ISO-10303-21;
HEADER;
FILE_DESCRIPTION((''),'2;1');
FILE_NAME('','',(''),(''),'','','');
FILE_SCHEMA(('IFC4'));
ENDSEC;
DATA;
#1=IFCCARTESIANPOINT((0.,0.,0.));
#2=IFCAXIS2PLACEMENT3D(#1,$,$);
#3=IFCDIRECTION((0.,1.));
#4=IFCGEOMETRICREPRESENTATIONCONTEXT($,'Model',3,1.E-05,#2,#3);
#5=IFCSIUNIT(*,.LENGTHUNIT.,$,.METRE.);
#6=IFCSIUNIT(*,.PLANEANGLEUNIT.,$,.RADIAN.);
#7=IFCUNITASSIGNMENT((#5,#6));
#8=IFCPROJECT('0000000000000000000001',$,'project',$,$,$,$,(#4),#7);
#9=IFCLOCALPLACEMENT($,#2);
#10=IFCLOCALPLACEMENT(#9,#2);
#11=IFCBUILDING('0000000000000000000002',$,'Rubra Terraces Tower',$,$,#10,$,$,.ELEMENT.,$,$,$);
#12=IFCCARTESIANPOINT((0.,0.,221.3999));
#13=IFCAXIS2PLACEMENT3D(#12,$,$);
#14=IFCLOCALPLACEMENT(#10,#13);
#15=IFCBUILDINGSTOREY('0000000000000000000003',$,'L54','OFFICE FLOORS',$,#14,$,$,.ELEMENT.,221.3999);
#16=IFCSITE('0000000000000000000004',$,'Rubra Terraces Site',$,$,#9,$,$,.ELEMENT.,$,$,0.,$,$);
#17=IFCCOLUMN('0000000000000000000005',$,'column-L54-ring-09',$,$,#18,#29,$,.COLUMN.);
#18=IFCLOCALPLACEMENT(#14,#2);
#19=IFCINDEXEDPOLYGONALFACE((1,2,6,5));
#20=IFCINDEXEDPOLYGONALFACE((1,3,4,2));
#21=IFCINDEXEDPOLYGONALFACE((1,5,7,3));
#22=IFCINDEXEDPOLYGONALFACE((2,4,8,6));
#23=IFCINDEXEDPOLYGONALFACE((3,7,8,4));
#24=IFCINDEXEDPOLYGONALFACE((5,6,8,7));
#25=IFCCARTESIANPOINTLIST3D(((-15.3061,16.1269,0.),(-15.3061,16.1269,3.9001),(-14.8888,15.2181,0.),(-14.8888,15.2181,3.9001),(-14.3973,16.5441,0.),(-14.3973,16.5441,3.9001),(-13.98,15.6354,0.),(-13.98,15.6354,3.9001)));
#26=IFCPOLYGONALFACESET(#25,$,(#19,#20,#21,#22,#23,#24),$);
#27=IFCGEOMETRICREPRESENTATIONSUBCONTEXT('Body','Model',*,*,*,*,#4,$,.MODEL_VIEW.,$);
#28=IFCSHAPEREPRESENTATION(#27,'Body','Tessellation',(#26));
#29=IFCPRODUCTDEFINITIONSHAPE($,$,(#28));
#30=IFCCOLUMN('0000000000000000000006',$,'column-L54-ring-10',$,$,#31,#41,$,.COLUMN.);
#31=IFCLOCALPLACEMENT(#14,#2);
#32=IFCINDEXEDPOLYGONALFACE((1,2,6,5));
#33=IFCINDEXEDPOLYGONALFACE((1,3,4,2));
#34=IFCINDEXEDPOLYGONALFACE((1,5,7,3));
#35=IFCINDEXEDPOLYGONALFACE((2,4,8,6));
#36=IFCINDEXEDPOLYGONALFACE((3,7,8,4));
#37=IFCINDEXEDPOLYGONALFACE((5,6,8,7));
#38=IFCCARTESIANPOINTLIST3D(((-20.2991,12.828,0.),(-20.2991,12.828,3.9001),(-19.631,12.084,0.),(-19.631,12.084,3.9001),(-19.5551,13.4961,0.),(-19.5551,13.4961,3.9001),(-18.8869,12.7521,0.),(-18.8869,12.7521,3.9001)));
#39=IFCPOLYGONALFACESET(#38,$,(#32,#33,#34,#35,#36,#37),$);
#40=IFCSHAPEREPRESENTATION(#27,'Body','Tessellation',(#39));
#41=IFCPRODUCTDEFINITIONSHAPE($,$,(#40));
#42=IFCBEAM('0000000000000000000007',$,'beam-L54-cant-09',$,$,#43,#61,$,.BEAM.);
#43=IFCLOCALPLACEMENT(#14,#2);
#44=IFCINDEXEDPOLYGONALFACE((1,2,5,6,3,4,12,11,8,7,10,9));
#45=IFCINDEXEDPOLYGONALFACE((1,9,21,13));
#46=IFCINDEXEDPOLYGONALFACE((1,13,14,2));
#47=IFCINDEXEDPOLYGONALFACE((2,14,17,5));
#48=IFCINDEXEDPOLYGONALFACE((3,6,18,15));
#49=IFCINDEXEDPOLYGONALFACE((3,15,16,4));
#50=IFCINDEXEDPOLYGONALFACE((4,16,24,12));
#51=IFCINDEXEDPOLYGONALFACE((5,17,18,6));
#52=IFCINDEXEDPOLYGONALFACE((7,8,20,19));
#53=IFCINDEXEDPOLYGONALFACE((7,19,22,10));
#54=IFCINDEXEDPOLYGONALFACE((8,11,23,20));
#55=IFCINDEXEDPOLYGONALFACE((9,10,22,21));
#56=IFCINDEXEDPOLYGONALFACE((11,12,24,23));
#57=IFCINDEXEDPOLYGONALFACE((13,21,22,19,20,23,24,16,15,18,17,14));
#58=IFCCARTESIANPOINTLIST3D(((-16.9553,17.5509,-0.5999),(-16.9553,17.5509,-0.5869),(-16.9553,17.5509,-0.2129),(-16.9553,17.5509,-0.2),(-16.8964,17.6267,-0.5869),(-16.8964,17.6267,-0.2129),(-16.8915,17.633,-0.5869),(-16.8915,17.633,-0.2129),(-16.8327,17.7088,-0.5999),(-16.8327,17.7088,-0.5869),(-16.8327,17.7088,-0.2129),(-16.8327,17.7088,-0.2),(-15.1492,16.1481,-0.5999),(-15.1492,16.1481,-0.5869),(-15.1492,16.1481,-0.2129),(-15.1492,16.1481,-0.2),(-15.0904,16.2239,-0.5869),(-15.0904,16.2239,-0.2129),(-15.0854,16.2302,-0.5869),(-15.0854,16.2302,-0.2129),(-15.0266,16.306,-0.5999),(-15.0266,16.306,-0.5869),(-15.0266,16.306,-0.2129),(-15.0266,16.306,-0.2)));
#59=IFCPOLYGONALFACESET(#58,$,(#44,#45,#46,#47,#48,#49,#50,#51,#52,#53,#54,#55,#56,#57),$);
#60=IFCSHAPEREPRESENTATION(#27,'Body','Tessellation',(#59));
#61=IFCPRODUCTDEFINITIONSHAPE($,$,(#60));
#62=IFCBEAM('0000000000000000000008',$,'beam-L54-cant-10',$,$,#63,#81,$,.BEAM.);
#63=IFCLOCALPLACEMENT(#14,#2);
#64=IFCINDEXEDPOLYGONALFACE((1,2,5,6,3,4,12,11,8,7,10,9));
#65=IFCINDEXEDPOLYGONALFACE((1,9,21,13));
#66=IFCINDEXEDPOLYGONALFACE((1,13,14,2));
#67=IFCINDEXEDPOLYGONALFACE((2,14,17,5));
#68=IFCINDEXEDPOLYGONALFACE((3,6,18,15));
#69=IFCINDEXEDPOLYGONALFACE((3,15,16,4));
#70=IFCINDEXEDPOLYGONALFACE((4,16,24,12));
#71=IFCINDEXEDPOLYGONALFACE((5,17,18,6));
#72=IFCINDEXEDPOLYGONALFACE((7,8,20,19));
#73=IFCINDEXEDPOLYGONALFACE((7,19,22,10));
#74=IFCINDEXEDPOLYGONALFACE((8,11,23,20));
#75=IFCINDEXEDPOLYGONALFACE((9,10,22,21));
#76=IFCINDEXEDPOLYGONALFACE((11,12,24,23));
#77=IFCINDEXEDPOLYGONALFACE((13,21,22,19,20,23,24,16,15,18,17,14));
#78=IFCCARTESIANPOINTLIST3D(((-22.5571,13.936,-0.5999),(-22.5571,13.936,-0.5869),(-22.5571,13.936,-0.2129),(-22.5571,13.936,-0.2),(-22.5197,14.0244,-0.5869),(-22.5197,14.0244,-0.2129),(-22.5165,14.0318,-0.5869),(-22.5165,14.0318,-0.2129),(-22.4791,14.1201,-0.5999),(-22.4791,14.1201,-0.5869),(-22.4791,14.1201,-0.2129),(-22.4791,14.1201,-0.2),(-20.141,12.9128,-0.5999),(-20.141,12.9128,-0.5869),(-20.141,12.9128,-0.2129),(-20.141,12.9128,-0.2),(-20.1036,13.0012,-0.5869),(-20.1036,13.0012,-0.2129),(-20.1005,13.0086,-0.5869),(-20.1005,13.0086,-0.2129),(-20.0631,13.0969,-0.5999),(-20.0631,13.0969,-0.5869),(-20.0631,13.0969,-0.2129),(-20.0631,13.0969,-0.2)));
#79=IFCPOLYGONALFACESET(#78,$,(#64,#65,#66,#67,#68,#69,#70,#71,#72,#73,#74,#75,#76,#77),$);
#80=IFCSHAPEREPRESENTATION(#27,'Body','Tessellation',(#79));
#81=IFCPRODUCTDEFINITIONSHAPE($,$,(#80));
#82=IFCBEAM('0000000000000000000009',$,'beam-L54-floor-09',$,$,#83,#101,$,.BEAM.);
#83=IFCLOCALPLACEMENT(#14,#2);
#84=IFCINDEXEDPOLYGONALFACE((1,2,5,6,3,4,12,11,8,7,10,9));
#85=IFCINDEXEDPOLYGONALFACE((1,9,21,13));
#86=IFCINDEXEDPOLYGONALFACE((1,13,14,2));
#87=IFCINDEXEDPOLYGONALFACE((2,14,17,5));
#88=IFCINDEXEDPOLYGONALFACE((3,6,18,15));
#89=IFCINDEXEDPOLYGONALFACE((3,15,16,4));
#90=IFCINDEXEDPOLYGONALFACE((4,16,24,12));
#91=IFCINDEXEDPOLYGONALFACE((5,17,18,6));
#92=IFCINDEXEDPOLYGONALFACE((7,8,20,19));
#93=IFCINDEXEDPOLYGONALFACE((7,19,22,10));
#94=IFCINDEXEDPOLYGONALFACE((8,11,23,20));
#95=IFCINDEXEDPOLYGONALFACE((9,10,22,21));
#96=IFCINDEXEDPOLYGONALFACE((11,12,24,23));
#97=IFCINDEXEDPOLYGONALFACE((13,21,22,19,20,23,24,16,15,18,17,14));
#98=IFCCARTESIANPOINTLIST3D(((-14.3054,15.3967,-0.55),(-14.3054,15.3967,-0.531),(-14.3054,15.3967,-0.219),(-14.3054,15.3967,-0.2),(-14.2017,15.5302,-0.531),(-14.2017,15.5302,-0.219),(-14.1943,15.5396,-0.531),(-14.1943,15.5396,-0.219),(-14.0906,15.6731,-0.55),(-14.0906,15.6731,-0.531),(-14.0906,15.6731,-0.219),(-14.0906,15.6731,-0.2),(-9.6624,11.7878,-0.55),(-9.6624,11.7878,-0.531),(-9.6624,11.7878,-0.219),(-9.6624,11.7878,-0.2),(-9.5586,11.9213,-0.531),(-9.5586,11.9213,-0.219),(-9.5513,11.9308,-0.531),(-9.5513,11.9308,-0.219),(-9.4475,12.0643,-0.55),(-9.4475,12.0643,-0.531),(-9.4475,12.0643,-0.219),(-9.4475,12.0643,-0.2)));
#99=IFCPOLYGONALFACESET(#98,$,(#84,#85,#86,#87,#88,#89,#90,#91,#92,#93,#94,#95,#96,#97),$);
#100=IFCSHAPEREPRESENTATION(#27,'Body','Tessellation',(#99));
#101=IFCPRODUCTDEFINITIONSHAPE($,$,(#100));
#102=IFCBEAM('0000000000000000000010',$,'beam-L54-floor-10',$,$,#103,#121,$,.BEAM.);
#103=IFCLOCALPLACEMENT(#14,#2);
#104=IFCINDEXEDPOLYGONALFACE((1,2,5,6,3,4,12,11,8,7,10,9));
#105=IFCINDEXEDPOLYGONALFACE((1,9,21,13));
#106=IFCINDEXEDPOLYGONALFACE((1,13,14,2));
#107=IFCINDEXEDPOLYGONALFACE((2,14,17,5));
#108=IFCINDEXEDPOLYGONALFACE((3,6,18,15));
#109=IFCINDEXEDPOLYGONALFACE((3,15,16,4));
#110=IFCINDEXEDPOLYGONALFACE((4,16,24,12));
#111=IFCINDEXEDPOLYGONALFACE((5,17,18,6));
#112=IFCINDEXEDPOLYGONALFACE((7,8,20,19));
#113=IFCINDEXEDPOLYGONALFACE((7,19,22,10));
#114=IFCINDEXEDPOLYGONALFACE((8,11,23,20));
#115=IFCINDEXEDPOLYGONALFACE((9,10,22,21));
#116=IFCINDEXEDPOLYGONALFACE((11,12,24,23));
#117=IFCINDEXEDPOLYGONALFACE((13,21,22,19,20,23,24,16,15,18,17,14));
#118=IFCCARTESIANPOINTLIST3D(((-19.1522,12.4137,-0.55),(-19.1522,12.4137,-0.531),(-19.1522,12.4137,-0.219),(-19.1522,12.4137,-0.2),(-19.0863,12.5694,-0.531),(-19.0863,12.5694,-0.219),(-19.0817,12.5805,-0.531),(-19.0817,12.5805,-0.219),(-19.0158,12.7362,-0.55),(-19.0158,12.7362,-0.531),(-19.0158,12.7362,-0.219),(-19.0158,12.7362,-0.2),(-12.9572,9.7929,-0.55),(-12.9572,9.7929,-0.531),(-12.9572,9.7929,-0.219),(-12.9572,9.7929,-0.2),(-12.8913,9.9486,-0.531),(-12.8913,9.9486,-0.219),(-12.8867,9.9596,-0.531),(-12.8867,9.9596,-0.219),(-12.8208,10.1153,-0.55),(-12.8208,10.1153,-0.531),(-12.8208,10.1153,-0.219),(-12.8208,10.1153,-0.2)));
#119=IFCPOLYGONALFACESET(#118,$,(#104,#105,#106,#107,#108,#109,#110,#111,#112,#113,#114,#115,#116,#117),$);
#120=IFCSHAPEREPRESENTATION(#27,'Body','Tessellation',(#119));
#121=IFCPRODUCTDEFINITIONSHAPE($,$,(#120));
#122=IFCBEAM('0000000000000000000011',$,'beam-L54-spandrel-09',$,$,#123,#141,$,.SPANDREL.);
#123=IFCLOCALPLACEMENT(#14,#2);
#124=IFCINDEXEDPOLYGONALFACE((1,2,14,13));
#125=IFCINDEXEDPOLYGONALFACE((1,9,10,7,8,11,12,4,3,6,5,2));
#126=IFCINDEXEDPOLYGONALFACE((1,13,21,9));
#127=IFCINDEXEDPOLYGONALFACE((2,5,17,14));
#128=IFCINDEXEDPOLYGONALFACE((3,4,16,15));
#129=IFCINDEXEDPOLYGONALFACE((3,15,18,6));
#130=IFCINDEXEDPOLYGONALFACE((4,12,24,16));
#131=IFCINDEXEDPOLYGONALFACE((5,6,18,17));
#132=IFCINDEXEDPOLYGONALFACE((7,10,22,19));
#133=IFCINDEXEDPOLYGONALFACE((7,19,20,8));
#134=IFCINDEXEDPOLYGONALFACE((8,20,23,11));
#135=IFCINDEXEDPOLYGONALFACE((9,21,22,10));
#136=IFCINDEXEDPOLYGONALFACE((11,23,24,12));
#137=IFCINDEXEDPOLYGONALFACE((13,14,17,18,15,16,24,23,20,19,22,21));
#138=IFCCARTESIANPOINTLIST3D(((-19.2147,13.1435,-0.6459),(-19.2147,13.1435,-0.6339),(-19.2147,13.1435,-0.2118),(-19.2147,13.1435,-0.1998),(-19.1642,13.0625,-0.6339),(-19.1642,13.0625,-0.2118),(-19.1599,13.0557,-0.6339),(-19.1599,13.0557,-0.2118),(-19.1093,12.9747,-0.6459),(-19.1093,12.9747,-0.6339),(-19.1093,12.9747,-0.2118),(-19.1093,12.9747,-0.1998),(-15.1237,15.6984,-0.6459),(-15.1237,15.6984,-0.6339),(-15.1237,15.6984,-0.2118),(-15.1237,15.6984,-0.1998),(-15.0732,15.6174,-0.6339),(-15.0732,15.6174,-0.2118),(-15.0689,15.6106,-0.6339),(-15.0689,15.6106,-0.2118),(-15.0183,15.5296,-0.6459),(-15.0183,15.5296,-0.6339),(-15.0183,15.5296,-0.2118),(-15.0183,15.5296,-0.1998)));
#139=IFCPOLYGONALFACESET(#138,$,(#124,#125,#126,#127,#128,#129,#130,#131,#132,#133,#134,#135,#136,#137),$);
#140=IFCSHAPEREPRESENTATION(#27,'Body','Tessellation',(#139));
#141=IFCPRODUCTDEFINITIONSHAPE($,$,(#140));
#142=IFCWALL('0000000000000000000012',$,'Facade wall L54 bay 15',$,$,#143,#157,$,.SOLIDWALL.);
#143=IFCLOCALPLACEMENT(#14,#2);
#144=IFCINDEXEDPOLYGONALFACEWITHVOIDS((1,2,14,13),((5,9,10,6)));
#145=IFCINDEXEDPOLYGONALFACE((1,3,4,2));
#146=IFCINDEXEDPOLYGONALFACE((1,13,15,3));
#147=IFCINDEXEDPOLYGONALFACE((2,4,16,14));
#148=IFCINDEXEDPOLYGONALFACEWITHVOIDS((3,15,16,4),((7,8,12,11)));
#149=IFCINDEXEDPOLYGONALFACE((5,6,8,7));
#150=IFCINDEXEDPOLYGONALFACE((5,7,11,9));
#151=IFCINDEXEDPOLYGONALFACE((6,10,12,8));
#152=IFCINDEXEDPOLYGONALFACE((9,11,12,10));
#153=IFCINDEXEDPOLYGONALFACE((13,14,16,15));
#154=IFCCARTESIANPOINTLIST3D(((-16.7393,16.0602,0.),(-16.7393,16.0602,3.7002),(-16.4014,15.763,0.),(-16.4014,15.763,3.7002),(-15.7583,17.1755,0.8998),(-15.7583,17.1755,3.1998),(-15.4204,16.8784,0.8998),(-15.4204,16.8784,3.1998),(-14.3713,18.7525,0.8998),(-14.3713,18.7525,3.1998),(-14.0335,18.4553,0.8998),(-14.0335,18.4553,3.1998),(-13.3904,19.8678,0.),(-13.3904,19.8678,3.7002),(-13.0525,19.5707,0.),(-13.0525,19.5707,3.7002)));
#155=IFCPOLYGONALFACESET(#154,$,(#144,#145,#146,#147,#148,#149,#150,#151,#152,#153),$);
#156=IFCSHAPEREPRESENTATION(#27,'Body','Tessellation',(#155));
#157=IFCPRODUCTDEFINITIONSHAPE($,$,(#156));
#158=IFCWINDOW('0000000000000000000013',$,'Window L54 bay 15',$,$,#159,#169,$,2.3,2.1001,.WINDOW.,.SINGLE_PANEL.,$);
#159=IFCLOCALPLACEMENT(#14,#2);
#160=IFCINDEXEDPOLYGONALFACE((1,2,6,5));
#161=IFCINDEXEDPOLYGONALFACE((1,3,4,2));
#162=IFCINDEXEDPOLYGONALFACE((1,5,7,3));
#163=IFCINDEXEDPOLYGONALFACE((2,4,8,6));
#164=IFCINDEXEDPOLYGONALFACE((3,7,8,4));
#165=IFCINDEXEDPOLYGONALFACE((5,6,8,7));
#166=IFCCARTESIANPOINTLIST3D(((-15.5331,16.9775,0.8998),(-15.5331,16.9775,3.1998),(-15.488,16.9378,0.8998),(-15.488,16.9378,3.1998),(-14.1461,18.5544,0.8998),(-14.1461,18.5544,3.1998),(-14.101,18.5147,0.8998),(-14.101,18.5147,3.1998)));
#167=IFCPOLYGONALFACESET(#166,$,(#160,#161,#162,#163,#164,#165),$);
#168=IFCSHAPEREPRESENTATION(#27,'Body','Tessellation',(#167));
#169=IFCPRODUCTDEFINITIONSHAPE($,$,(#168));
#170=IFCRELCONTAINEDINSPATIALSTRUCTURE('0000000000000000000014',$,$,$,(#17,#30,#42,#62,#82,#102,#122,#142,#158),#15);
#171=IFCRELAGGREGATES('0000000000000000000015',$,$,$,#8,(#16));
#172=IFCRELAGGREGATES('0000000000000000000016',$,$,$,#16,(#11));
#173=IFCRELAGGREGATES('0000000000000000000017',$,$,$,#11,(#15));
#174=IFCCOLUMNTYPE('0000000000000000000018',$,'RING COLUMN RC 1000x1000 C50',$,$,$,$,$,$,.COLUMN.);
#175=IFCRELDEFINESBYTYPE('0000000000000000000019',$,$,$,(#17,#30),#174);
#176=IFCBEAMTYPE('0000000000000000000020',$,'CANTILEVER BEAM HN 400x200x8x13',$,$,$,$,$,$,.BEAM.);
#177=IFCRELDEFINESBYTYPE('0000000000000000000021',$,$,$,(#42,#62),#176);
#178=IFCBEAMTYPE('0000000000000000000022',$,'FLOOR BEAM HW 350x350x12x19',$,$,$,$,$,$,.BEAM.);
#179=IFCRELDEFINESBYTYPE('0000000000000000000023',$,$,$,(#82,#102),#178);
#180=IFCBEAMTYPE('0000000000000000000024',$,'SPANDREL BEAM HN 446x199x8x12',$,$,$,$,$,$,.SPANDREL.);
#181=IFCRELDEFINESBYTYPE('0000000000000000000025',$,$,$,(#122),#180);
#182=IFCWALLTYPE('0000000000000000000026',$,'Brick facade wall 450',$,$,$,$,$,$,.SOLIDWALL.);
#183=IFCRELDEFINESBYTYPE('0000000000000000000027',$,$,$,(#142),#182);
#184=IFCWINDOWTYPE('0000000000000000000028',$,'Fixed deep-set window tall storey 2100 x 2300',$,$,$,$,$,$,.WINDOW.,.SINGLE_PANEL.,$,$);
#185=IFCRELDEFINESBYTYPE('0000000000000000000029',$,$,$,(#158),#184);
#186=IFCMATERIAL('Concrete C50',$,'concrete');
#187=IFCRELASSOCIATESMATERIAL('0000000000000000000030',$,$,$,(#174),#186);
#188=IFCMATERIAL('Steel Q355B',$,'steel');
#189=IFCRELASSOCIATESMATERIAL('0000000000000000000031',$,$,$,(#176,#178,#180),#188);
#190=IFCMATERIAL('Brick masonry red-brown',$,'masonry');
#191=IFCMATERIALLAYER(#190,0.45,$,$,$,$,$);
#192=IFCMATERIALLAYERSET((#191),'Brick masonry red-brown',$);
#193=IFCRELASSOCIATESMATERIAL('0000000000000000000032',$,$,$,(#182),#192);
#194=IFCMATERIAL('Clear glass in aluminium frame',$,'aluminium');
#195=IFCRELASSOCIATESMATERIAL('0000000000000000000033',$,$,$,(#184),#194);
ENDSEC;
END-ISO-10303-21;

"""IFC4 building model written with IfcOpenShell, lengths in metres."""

from ifc_helpers import new_model, si_unit, direction, frame, frame_2d, origin, origin_2d, place, context, subcontext, project, spatial, rectangle, i_section, extrude, material, layer, layer_set, material_profile, profile_set, type_object, element, fill, save


model = new_model("IFC4")

# Units and contexts
model_context = context("Model", 3, precision=1e-05, world=origin(), true_north=direction((0.0, 1.0)))
body_context = subcontext(model_context, "Body", "Model", "MODEL_VIEW")
ifc_project = project(units=[si_unit("LENGTHUNIT", "METRE"), si_unit("PLANEANGLEUNIT", "RADIAN")], contexts=[model_context])

# Site, building, storey
site_placement = place(None, origin())
site = spatial("IfcSite", under=ifc_project, at=site_placement, Name="Rubra Terraces Site", CompositionType="ELEMENT", RefElevation=0.0)
building_placement = place(site_placement, origin())
building = spatial("IfcBuilding", under=site, at=building_placement, Name="Rubra Terraces Tower", CompositionType="ELEMENT")
storey_placement = place(building_placement, frame((0.0, 0.0, 221.3999)))
storey = spatial("IfcBuildingStorey", under=building, at=storey_placement, Name="L54", Description="OFFICE FLOORS", CompositionType="ELEMENT", Elevation=221.3999)

# Columns
ifc_material_1 = material(Name="Concrete C50", Category="concrete")
ifc_material_profile_1 = material_profile(ifc_material_1, rectangle(XDim=1.0, YDim=1.0, at=origin_2d()), Name="RC 1000x1000")
ifc_profile_set_1 = profile_set([ifc_material_profile_1], Name="Concrete C50")
column_type = type_object("IfcColumnType", Name="RING COLUMN RC 1000x1000 C50", PredefinedType="COLUMN", material=ifc_profile_set_1)
for number, where, z_axis, x_axis, name in (
    (1, (-14.6431, 15.8811, 0.0), (0.0, 0.0, 1.0), (-0.908779, -0.417279, 0.0), "column-L54-ring-09"),
    (2, (-19.593, 12.79, 0.0), (0.0, 0.0, 1.0), (-0.744021, -0.668156, 0.0), "column-L54-ring-10"),
):
    element("IfcColumn", number, at=place(storey_placement, frame(where, z_axis=z_axis, x_axis=x_axis)), inside=storey, type_object=column_type, Name=name, PredefinedType="COLUMN", context=body_context, shape_type="SweptSolid", body=[
        extrude(rectangle(XDim=1.0, YDim=1.0, at=origin_2d()), origin(), (0.0, 0.0, 1.0), 3.9001),
    ])

# Beams
ifc_material_2 = material(Name="Steel Q355B", Category="steel")
ifc_material_profile_2 = material_profile(ifc_material_2, i_section(OverallWidth=0.2, OverallDepth=0.3999, WebThickness=0.0081, FlangeThickness=0.0129, at=origin_2d()), Name="HN 400x200x8x13")
ifc_profile_set_2 = profile_set([ifc_material_profile_2], Name="Steel Q355B")
beam_type_1 = type_object("IfcBeamType", Name="CANTILEVER BEAM HN 400x200x8x13", PredefinedType="BEAM", material=ifc_profile_set_2)
beam_1_placement = place(storey_placement, frame((-15.0879, 16.2271, -0.3999), z_axis=(-0.789766, 0.613408, 0.0), x_axis=(-0.613408, -0.789766, 0.0)))
element("IfcBeam", 3, at=beam_1_placement, inside=storey, type_object=beam_type_1, Name="beam-L54-cant-09", PredefinedType="BEAM", context=body_context, shape_type="SweptSolid", body=[
    extrude(i_section(OverallWidth=0.2, OverallDepth=0.3999, WebThickness=0.0081, FlangeThickness=0.0129, at=origin_2d()), origin(), (0.0, 0.0, 1.0), 2.2869),
])
beam_2_placement = place(storey_placement, frame((-20.1021, 13.0049, -0.3999), z_axis=(-0.920826, 0.389974, 0.0), x_axis=(-0.389974, -0.920826, 0.0)))
element("IfcBeam", 4, at=beam_2_placement, inside=storey, type_object=beam_type_1, Name="beam-L54-cant-10", PredefinedType="BEAM", context=body_context, shape_type="SweptSolid", body=[
    extrude(i_section(OverallWidth=0.2, OverallDepth=0.3999, WebThickness=0.0081, FlangeThickness=0.0129, at=origin_2d()), origin(), (0.0, 0.0, 1.0), 2.6238),
])
ifc_material_profile_3 = material_profile(ifc_material_2, i_section(OverallWidth=0.3501, OverallDepth=0.3501, WebThickness=0.012, FlangeThickness=0.019, at=origin_2d()), Name="HW 350x350x12x19")
ifc_profile_set_3 = profile_set([ifc_material_profile_3], Name="Steel Q355B")
beam_type_2 = type_object("IfcBeamType", Name="FLOOR BEAM HW 350x350x12x19", PredefinedType="BEAM", material=ifc_profile_set_3)
beam_3_placement = place(storey_placement, frame((-14.198, 15.5349, -0.375), z_axis=(0.789549, -0.613688, 0.0), x_axis=(0.613688, 0.789549, 0.0)))
element("IfcBeam", 5, at=beam_3_placement, inside=storey, type_object=beam_type_2, Name="beam-L54-floor-09", PredefinedType="BEAM", context=body_context, shape_type="SweptSolid", body=[
    extrude(i_section(OverallWidth=0.3501, OverallDepth=0.3501, WebThickness=0.012, FlangeThickness=0.019, at=origin_2d()), origin(), (0.0, 0.0, 1.0), 5.8806),
])
beam_4_placement = place(storey_placement, frame((-19.084, 12.575, -0.375), z_axis=(0.920975, -0.389622, 0.0), x_axis=(0.389622, 0.920975, 0.0)))
element("IfcBeam", 6, at=beam_4_placement, inside=storey, type_object=beam_type_2, Name="beam-L54-floor-10", PredefinedType="BEAM", context=body_context, shape_type="SweptSolid", body=[
    extrude(i_section(OverallWidth=0.3501, OverallDepth=0.3501, WebThickness=0.012, FlangeThickness=0.019, at=origin_2d()), origin(), (0.0, 0.0, 1.0), 6.7266),
])
ifc_material_profile_4 = material_profile(ifc_material_2, i_section(OverallWidth=0.199, OverallDepth=0.446, WebThickness=0.0081, FlangeThickness=0.012, at=origin_2d()), Name="HN 446x199x8x12")
ifc_profile_set_4 = profile_set([ifc_material_profile_4], Name="Steel Q355B")
beam_type_3 = type_object("IfcBeamType", Name="SPANDREL BEAM HN 446x199x8x12", PredefinedType="SPANDREL", material=ifc_profile_set_4)
beam_5_placement = place(storey_placement, frame((-15.071, 15.614, -0.4229), z_axis=(-0.848183, -0.529703, 0.0), x_axis=(0.529703, -0.848183, 0.0)))
element("IfcBeam", 7, at=beam_5_placement, inside=storey, type_object=beam_type_3, Name="beam-L54-spandrel-09", PredefinedType="SPANDREL", context=body_context, shape_type="SweptSolid", body=[
    extrude(i_section(OverallWidth=0.199, OverallDepth=0.446, WebThickness=0.0081, FlangeThickness=0.012, at=origin_2d()), origin(), (0.0, 0.0, 1.0), 4.8232),
])

# Wall, opening, window
ifc_material_3 = material(Name="Brick masonry red-brown", Category="masonry")
ifc_layer_1 = layer(ifc_material_3, 0.45)
ifc_layer_set_1 = layer_set([ifc_layer_1], Name="Brick masonry red-brown")
wall_type_1 = type_object("IfcWallType", Name="Brick facade wall 450", PredefinedType="SOLIDWALL", material=ifc_layer_set_1)
wall_1_placement = place(storey_placement, frame((-13.2214, 19.7192, 0.0), z_axis=(0.0, 0.0, 1.0), x_axis=(-0.660425, -0.750892, 0.0)))
wall_1 = element("IfcWall", 8, at=wall_1_placement, inside=storey, type_object=wall_type_1, Name="Facade wall L54 bay 15", PredefinedType="SOLIDWALL", context=body_context, shape_type="SweptSolid", body=[
    extrude(rectangle(XDim=5.0708, YDim=0.45, at=frame_2d((2.5354, 0.0))), origin(), (0.0, 0.0, 1.0), 3.7002),
])
opening_1_placement = place(wall_1_placement, frame((1.4854, 0.0, 0.8999)))
opening_1 = element("IfcOpeningElement", 9, at=opening_1_placement, cuts=wall_1, PredefinedType="OPENING", context=body_context, shape_type="SweptSolid", body=[
    extrude(rectangle(XDim=2.1001, YDim=2.3, at=frame_2d((1.05, 1.1499))), frame((0.0, 0.2349, 0.0), z_axis=(0.0, -1.0, 0.0), x_axis=(1.0, 0.0, 0.0)), (0.0, 0.0, 1.0), 0.47),
])
ifc_material_4 = material(Name="Clear glass in aluminium frame", Category="aluminium")
window_type_1 = type_object("IfcWindowType", Name="Fixed deep-set window tall storey 2100 x 2300", PartitioningType="SINGLE_PANEL", PredefinedType="WINDOW", material=ifc_material_4)
window_1_placement = place(opening_1_placement, origin())
window_1 = element("IfcWindow", 10, at=window_1_placement, inside=storey, type_object=window_type_1, Name="Window L54 bay 15", OverallHeight=2.3, OverallWidth=2.1001, PartitioningType="SINGLE_PANEL", PredefinedType="WINDOW", context=body_context, shape_type="SweptSolid", body=[
    extrude(rectangle(XDim=2.1001, YDim=2.3, at=frame_2d((1.05, 1.1499))), frame((0.0, 0.135, 0.0), z_axis=(0.0, -1.0, 0.0), x_axis=(1.0, 0.0, 0.0)), (0.0, 0.0, 1.0), 0.0601),
])
fill(opening_1, window_1)

save(model, "model.ifc")
